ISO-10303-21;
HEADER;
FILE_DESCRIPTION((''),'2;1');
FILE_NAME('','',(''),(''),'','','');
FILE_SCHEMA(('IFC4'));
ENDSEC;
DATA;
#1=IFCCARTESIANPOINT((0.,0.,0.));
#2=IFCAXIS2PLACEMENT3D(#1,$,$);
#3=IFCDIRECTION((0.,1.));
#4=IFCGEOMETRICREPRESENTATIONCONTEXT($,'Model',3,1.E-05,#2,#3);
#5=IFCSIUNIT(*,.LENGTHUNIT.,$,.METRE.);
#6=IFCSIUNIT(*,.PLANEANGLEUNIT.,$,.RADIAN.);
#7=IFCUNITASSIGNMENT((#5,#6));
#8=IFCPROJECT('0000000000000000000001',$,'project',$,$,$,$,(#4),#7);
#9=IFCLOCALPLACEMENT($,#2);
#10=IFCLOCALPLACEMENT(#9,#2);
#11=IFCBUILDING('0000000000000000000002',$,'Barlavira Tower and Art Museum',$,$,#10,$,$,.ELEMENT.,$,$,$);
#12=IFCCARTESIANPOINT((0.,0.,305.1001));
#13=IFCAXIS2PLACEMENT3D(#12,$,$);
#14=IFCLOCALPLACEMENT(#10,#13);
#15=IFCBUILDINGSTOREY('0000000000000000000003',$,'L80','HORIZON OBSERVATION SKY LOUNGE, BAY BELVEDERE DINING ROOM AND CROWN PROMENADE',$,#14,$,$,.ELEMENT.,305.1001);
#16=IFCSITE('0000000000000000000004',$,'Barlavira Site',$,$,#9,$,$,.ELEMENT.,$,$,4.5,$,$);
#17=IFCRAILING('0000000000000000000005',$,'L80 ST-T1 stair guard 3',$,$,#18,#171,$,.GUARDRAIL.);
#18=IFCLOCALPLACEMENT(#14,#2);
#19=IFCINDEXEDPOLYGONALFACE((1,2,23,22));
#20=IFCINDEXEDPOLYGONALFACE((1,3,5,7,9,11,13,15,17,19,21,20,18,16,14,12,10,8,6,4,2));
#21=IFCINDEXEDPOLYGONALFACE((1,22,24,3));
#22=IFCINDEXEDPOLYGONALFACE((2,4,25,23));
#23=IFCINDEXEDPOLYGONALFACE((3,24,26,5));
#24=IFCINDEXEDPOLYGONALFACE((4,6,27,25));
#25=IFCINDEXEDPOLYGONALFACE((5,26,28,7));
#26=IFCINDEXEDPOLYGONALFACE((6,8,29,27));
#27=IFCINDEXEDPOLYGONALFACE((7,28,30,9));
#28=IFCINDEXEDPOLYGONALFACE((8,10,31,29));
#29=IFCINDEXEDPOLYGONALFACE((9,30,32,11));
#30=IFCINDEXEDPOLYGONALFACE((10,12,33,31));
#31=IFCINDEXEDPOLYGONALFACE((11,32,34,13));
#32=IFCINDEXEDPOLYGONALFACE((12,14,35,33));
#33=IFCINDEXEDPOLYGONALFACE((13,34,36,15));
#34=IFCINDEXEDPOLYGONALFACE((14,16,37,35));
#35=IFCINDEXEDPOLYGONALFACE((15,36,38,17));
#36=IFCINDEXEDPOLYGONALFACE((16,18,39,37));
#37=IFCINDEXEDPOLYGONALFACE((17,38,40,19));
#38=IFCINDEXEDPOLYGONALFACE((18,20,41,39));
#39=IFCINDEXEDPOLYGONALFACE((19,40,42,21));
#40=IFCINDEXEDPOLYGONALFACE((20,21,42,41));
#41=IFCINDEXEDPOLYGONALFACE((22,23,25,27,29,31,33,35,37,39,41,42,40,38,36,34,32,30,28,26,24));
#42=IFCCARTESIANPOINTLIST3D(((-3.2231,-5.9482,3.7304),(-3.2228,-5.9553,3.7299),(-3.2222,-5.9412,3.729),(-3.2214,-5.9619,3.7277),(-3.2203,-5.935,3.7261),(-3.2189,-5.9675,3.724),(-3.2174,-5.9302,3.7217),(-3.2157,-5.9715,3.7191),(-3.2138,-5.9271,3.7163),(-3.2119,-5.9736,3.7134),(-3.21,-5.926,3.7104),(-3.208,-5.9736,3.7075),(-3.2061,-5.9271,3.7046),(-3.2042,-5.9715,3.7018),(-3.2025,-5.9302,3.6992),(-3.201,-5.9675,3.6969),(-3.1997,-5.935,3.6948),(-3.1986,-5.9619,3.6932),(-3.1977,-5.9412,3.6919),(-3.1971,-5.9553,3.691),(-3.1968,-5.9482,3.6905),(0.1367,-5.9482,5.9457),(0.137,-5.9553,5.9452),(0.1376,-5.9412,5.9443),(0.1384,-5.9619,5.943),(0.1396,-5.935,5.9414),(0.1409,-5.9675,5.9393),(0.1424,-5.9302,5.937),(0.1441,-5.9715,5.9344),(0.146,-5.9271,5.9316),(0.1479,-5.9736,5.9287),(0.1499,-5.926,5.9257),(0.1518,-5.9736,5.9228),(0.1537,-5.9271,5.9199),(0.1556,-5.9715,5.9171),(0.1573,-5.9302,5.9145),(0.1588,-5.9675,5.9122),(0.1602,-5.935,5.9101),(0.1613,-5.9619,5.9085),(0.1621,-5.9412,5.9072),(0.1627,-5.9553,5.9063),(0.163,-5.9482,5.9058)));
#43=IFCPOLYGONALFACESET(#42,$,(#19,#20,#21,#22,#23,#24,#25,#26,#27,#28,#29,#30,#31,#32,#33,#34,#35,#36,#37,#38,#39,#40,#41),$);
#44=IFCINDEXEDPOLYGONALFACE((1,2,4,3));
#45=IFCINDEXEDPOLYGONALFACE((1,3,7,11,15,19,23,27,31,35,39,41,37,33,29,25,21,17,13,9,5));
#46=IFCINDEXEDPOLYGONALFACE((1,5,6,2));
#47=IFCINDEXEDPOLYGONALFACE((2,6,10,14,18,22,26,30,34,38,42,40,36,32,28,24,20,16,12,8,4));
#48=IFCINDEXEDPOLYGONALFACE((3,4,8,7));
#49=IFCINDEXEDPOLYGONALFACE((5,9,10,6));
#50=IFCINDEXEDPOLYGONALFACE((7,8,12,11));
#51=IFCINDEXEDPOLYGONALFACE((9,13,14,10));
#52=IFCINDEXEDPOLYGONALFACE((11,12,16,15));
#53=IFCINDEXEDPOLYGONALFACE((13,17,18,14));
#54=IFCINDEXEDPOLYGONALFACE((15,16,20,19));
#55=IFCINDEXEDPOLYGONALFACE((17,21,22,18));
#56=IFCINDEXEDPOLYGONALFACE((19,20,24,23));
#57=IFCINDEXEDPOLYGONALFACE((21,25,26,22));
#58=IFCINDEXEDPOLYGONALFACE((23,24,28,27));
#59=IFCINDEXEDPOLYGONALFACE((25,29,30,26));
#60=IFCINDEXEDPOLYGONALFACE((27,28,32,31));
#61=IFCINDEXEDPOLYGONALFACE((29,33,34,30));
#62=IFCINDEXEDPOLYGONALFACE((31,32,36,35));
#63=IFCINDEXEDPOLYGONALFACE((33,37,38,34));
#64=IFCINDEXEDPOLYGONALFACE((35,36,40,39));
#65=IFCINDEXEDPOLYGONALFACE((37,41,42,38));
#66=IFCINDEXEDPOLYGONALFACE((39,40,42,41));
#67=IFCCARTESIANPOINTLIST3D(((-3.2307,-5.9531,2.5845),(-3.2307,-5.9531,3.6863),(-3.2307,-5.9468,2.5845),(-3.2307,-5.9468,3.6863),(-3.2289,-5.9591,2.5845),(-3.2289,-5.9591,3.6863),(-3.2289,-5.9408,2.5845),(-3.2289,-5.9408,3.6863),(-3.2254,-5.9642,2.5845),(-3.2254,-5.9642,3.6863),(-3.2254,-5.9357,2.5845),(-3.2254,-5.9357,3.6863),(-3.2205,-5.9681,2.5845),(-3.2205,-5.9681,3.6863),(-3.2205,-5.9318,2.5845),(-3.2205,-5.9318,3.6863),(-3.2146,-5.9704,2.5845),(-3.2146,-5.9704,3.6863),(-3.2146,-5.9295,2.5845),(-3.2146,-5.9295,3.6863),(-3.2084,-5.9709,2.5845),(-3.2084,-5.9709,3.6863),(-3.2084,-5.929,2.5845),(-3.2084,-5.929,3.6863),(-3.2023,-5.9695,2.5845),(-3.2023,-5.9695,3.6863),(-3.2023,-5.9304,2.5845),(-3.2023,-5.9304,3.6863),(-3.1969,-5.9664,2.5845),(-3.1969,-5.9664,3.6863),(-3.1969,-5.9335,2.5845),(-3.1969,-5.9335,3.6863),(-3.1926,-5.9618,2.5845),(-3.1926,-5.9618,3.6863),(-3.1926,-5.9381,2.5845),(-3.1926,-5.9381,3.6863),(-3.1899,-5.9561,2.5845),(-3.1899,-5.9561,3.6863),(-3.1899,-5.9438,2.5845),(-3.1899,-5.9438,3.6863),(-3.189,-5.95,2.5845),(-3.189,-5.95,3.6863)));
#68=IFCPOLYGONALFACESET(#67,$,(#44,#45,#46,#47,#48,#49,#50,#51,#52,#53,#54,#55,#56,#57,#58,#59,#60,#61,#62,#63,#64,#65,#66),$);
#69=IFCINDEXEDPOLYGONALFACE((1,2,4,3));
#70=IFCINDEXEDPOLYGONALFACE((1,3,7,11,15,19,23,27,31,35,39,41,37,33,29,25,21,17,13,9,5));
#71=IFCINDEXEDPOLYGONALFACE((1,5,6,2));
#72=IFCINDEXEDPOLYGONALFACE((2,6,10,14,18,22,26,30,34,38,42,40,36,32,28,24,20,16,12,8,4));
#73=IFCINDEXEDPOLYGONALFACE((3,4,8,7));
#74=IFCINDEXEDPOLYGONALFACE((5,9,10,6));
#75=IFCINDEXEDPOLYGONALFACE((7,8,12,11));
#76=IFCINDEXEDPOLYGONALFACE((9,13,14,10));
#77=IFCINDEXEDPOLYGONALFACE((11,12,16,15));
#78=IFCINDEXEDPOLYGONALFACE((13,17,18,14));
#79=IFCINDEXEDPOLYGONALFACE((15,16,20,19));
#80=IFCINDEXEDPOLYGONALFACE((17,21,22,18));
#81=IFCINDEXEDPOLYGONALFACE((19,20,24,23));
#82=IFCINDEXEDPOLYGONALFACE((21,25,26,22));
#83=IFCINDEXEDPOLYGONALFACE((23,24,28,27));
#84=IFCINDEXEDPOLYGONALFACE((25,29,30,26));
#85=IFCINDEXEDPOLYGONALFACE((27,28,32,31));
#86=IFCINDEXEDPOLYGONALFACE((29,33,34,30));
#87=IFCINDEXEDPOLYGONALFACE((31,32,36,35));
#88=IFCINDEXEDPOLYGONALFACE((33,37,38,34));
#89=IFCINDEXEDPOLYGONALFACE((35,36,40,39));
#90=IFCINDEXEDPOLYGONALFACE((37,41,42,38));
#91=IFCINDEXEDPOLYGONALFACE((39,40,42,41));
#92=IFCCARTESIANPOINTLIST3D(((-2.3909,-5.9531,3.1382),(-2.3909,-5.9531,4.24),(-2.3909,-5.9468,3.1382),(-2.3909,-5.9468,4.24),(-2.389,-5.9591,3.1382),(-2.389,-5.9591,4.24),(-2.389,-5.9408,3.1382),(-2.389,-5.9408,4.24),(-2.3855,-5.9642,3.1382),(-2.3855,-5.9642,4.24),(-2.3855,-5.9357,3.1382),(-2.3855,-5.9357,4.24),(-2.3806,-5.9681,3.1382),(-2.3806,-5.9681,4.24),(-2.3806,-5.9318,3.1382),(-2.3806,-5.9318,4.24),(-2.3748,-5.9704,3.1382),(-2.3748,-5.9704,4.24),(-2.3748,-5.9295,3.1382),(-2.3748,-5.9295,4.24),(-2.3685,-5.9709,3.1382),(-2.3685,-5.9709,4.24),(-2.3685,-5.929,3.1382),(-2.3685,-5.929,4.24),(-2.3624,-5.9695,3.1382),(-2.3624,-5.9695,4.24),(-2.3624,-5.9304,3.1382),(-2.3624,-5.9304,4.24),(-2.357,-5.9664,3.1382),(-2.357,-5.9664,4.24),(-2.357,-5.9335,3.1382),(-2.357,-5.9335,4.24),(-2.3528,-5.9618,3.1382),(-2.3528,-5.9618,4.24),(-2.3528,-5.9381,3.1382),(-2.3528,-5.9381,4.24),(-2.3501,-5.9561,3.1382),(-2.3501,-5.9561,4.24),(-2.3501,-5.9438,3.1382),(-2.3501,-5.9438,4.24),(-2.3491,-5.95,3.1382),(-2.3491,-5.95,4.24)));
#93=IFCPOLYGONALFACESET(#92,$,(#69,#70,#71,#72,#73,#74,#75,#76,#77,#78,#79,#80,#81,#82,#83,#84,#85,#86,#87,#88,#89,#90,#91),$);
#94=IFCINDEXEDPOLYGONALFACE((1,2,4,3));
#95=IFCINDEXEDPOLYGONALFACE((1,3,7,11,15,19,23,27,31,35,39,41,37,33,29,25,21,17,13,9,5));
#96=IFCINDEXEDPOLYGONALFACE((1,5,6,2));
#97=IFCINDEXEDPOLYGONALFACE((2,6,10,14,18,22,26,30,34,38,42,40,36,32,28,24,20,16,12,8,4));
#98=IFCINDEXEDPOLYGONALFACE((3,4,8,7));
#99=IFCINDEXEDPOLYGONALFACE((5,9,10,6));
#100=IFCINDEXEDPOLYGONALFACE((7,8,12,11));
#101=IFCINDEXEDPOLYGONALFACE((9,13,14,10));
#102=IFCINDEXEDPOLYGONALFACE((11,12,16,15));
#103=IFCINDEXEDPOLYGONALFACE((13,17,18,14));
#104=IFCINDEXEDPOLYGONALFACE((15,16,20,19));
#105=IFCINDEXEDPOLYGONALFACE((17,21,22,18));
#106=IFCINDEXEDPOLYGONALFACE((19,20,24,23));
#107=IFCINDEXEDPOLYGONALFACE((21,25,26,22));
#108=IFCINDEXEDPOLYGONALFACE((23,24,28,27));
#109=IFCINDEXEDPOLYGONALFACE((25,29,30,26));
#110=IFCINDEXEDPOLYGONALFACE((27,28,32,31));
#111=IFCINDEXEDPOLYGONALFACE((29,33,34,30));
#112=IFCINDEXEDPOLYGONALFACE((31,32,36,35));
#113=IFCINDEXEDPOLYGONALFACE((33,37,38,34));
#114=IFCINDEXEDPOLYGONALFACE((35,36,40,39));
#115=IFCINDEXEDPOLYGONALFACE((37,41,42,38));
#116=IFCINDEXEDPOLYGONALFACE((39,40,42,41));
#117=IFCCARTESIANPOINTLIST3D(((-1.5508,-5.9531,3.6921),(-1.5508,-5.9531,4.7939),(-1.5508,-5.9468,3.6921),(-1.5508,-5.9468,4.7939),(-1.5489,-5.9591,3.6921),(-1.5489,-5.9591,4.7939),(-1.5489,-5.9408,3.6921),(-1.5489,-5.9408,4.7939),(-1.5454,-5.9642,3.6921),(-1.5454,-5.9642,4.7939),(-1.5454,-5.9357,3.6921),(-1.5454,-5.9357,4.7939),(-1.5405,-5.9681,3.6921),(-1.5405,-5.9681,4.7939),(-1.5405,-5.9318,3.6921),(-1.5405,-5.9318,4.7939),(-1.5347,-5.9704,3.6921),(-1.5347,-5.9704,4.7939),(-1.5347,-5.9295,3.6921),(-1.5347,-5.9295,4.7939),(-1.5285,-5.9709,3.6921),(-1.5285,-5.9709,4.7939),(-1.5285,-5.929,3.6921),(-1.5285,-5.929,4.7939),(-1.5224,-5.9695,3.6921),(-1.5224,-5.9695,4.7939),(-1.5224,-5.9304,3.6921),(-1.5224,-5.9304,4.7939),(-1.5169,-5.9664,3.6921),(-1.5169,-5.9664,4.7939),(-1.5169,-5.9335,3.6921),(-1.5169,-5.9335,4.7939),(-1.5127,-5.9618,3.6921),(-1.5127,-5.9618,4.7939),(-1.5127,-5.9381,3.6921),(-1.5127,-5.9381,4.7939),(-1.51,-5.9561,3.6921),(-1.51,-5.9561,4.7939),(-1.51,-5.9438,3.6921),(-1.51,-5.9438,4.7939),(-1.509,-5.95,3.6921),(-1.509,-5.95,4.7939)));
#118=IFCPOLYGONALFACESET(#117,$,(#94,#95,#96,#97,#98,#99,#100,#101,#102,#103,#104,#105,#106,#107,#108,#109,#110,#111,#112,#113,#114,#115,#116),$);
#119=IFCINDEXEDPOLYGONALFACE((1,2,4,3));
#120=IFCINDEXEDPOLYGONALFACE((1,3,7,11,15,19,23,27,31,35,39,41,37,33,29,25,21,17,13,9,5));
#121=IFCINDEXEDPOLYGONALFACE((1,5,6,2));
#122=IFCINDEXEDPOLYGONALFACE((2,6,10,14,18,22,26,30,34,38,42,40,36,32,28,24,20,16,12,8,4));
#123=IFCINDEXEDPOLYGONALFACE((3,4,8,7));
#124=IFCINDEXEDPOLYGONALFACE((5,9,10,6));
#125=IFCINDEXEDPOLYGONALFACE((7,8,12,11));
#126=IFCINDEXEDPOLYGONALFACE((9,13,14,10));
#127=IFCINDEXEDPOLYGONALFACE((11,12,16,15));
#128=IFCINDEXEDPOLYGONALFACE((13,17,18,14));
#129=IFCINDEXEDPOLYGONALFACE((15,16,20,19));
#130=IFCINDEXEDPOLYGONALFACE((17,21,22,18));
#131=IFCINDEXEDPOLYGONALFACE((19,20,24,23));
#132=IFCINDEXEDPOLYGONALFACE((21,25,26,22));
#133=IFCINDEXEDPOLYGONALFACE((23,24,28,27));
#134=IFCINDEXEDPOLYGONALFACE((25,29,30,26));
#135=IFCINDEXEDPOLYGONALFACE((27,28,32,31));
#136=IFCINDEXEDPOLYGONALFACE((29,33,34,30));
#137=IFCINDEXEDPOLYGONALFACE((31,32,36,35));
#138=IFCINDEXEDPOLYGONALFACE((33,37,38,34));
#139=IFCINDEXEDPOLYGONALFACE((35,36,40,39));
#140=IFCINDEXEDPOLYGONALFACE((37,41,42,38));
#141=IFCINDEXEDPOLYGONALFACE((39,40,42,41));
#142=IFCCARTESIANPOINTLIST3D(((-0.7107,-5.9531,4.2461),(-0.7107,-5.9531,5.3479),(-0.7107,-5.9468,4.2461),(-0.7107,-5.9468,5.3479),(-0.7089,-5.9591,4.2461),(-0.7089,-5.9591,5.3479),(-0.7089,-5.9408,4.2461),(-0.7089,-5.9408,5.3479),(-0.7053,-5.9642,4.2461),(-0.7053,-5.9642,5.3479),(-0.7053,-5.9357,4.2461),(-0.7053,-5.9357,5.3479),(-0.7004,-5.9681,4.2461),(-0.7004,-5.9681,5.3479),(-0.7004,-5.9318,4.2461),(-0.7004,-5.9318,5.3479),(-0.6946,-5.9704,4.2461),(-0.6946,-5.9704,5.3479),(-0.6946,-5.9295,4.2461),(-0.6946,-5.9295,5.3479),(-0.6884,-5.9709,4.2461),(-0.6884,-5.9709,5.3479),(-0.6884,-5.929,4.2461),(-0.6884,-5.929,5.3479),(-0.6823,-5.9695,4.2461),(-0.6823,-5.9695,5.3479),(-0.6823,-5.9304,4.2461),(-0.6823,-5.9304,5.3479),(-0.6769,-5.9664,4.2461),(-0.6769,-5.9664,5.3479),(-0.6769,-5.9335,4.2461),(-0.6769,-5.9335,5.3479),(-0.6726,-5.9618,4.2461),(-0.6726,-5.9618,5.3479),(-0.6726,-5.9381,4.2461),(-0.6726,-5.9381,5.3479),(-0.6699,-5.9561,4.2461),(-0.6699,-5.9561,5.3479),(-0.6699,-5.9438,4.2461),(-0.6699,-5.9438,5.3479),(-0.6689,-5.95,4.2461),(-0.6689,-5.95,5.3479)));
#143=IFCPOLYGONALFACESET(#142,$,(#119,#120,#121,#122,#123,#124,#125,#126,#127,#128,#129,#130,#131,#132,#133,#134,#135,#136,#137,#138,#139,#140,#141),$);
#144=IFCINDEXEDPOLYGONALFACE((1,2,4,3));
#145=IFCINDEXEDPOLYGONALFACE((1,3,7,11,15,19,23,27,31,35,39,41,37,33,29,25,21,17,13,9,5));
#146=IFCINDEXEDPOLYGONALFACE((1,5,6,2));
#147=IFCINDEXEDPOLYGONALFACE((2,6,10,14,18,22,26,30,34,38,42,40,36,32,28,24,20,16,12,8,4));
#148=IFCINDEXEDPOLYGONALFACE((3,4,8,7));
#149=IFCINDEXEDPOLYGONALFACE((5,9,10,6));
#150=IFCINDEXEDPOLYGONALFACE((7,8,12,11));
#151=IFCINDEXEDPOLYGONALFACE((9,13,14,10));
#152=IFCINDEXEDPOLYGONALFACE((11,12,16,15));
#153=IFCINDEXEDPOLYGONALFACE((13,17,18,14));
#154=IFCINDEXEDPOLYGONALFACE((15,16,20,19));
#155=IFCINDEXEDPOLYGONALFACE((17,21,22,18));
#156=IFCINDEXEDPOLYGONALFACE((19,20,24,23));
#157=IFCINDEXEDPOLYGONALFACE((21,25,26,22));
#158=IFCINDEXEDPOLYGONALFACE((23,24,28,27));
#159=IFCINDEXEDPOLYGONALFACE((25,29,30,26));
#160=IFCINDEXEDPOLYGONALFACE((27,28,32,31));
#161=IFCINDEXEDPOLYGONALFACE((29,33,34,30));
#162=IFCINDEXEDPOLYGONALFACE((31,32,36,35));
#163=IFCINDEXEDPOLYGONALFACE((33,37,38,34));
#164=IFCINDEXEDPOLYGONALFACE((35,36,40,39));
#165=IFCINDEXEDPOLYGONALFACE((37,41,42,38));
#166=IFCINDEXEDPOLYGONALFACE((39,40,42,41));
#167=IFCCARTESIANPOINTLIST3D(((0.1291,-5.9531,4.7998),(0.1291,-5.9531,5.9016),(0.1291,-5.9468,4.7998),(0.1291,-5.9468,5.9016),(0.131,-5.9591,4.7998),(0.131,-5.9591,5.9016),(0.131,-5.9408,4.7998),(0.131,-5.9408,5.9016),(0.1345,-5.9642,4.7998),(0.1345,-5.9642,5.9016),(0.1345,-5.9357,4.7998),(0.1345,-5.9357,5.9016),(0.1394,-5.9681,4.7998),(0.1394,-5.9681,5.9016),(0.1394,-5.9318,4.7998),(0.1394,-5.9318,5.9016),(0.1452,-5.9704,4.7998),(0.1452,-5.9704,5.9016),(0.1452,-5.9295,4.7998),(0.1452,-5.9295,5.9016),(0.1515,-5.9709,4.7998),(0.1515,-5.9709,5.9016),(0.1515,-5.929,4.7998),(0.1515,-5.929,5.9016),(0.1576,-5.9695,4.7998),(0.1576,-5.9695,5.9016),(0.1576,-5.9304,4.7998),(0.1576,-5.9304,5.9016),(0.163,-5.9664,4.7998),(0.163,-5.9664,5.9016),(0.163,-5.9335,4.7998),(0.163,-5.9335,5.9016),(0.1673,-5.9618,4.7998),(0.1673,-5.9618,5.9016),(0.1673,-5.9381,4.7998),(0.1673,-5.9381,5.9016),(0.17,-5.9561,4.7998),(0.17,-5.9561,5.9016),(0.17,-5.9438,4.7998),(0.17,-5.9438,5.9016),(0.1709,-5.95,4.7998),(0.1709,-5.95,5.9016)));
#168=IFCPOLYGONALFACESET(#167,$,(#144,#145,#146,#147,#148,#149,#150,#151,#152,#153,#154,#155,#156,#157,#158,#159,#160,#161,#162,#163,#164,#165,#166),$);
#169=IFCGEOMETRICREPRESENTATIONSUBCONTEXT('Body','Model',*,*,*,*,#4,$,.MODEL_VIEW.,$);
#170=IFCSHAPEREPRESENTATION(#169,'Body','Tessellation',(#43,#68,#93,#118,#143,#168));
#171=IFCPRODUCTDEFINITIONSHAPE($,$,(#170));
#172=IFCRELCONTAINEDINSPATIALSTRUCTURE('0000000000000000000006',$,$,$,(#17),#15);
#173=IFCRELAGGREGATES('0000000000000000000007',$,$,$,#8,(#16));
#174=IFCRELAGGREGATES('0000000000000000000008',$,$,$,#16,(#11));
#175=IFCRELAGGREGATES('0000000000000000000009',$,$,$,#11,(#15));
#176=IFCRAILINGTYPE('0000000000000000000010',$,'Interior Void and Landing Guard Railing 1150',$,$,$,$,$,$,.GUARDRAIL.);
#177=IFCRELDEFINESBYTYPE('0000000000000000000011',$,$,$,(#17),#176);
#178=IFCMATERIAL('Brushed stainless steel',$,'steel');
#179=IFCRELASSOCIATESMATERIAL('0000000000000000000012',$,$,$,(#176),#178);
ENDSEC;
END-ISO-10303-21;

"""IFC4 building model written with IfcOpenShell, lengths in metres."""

from ifc_helpers import new_model, si_unit, direction, frame, origin, origin_2d, place, context, subcontext, project, spatial, circle, extrude, material, type_object, element, save


model = new_model("IFC4")

# Units and contexts
model_context = context("Model", 3, precision=1e-05, world=origin(), true_north=direction((0.0, 1.0)))
body_context = subcontext(model_context, "Body", "Model", "MODEL_VIEW")
ifc_project = project(units=[si_unit("LENGTHUNIT", "METRE"), si_unit("PLANEANGLEUNIT", "RADIAN")], contexts=[model_context])

# Site, building, storey
site_placement = place(None, origin())
site = spatial("IfcSite", under=ifc_project, at=site_placement, Name="Barlavira Site", CompositionType="ELEMENT", RefElevation=4.5)
building_placement = place(site_placement, origin())
building = spatial("IfcBuilding", under=site, at=building_placement, Name="Barlavira Tower and Art Museum", CompositionType="ELEMENT")
storey_placement = place(building_placement, frame((0.0, 0.0, 305.1001)))
storey = spatial("IfcBuildingStorey", under=building, at=storey_placement, Name="L80", Description="HORIZON OBSERVATION SKY LOUNGE, BAY BELVEDERE DINING ROOM AND CROWN PROMENADE", CompositionType="ELEMENT", Elevation=305.1001)

# Shared definitions
ifc_material_1 = material(Name="Brushed stainless steel", Category="steel")

# Railing
railing_type_1 = type_object("IfcRailingType", Name="Interior Void and Landing Guard Railing 1150", PredefinedType="GUARDRAIL", material=ifc_material_1)
railing_1_placement = place(storey_placement, frame((-3.21, -5.95, 2.5845)))
element("IfcRailing", 1, at=railing_1_placement, inside=storey, type_object=railing_type_1, Name="L80 ST-T1 stair guard 3", PredefinedType="GUARDRAIL", context=body_context, shape_type="SweptSolid", body=[
    extrude(circle(Radius=0.0239, at=origin_2d()), frame((0.0, 0.0, 1.126), z_axis=(0.834858, 0.0, 0.550465), x_axis=(0.0, 1.0, 0.0)), (0.0, 0.0, 1.0), 4.0244),
    extrude(circle(Radius=0.021, at=origin_2d()), origin(), (0.0, 0.0, 1.0), 1.1018),
    extrude(circle(Radius=0.021, at=origin_2d()), frame((0.8398, 0.0, 0.5537)), (0.0, 0.0, 1.0), 1.1018),
    extrude(circle(Radius=0.021, at=origin_2d()), frame((1.6799, 0.0, 1.1077)), (0.0, 0.0, 1.0), 1.1018),
    extrude(circle(Radius=0.021, at=origin_2d()), frame((2.52, 0.0, 1.6616)), (0.0, 0.0, 1.0), 1.1018),
    extrude(circle(Radius=0.021, at=origin_2d()), frame((3.3599, 0.0, 2.2153)), (0.0, 0.0, 1.0), 1.1018),
])

save(model, "model.ifc")
